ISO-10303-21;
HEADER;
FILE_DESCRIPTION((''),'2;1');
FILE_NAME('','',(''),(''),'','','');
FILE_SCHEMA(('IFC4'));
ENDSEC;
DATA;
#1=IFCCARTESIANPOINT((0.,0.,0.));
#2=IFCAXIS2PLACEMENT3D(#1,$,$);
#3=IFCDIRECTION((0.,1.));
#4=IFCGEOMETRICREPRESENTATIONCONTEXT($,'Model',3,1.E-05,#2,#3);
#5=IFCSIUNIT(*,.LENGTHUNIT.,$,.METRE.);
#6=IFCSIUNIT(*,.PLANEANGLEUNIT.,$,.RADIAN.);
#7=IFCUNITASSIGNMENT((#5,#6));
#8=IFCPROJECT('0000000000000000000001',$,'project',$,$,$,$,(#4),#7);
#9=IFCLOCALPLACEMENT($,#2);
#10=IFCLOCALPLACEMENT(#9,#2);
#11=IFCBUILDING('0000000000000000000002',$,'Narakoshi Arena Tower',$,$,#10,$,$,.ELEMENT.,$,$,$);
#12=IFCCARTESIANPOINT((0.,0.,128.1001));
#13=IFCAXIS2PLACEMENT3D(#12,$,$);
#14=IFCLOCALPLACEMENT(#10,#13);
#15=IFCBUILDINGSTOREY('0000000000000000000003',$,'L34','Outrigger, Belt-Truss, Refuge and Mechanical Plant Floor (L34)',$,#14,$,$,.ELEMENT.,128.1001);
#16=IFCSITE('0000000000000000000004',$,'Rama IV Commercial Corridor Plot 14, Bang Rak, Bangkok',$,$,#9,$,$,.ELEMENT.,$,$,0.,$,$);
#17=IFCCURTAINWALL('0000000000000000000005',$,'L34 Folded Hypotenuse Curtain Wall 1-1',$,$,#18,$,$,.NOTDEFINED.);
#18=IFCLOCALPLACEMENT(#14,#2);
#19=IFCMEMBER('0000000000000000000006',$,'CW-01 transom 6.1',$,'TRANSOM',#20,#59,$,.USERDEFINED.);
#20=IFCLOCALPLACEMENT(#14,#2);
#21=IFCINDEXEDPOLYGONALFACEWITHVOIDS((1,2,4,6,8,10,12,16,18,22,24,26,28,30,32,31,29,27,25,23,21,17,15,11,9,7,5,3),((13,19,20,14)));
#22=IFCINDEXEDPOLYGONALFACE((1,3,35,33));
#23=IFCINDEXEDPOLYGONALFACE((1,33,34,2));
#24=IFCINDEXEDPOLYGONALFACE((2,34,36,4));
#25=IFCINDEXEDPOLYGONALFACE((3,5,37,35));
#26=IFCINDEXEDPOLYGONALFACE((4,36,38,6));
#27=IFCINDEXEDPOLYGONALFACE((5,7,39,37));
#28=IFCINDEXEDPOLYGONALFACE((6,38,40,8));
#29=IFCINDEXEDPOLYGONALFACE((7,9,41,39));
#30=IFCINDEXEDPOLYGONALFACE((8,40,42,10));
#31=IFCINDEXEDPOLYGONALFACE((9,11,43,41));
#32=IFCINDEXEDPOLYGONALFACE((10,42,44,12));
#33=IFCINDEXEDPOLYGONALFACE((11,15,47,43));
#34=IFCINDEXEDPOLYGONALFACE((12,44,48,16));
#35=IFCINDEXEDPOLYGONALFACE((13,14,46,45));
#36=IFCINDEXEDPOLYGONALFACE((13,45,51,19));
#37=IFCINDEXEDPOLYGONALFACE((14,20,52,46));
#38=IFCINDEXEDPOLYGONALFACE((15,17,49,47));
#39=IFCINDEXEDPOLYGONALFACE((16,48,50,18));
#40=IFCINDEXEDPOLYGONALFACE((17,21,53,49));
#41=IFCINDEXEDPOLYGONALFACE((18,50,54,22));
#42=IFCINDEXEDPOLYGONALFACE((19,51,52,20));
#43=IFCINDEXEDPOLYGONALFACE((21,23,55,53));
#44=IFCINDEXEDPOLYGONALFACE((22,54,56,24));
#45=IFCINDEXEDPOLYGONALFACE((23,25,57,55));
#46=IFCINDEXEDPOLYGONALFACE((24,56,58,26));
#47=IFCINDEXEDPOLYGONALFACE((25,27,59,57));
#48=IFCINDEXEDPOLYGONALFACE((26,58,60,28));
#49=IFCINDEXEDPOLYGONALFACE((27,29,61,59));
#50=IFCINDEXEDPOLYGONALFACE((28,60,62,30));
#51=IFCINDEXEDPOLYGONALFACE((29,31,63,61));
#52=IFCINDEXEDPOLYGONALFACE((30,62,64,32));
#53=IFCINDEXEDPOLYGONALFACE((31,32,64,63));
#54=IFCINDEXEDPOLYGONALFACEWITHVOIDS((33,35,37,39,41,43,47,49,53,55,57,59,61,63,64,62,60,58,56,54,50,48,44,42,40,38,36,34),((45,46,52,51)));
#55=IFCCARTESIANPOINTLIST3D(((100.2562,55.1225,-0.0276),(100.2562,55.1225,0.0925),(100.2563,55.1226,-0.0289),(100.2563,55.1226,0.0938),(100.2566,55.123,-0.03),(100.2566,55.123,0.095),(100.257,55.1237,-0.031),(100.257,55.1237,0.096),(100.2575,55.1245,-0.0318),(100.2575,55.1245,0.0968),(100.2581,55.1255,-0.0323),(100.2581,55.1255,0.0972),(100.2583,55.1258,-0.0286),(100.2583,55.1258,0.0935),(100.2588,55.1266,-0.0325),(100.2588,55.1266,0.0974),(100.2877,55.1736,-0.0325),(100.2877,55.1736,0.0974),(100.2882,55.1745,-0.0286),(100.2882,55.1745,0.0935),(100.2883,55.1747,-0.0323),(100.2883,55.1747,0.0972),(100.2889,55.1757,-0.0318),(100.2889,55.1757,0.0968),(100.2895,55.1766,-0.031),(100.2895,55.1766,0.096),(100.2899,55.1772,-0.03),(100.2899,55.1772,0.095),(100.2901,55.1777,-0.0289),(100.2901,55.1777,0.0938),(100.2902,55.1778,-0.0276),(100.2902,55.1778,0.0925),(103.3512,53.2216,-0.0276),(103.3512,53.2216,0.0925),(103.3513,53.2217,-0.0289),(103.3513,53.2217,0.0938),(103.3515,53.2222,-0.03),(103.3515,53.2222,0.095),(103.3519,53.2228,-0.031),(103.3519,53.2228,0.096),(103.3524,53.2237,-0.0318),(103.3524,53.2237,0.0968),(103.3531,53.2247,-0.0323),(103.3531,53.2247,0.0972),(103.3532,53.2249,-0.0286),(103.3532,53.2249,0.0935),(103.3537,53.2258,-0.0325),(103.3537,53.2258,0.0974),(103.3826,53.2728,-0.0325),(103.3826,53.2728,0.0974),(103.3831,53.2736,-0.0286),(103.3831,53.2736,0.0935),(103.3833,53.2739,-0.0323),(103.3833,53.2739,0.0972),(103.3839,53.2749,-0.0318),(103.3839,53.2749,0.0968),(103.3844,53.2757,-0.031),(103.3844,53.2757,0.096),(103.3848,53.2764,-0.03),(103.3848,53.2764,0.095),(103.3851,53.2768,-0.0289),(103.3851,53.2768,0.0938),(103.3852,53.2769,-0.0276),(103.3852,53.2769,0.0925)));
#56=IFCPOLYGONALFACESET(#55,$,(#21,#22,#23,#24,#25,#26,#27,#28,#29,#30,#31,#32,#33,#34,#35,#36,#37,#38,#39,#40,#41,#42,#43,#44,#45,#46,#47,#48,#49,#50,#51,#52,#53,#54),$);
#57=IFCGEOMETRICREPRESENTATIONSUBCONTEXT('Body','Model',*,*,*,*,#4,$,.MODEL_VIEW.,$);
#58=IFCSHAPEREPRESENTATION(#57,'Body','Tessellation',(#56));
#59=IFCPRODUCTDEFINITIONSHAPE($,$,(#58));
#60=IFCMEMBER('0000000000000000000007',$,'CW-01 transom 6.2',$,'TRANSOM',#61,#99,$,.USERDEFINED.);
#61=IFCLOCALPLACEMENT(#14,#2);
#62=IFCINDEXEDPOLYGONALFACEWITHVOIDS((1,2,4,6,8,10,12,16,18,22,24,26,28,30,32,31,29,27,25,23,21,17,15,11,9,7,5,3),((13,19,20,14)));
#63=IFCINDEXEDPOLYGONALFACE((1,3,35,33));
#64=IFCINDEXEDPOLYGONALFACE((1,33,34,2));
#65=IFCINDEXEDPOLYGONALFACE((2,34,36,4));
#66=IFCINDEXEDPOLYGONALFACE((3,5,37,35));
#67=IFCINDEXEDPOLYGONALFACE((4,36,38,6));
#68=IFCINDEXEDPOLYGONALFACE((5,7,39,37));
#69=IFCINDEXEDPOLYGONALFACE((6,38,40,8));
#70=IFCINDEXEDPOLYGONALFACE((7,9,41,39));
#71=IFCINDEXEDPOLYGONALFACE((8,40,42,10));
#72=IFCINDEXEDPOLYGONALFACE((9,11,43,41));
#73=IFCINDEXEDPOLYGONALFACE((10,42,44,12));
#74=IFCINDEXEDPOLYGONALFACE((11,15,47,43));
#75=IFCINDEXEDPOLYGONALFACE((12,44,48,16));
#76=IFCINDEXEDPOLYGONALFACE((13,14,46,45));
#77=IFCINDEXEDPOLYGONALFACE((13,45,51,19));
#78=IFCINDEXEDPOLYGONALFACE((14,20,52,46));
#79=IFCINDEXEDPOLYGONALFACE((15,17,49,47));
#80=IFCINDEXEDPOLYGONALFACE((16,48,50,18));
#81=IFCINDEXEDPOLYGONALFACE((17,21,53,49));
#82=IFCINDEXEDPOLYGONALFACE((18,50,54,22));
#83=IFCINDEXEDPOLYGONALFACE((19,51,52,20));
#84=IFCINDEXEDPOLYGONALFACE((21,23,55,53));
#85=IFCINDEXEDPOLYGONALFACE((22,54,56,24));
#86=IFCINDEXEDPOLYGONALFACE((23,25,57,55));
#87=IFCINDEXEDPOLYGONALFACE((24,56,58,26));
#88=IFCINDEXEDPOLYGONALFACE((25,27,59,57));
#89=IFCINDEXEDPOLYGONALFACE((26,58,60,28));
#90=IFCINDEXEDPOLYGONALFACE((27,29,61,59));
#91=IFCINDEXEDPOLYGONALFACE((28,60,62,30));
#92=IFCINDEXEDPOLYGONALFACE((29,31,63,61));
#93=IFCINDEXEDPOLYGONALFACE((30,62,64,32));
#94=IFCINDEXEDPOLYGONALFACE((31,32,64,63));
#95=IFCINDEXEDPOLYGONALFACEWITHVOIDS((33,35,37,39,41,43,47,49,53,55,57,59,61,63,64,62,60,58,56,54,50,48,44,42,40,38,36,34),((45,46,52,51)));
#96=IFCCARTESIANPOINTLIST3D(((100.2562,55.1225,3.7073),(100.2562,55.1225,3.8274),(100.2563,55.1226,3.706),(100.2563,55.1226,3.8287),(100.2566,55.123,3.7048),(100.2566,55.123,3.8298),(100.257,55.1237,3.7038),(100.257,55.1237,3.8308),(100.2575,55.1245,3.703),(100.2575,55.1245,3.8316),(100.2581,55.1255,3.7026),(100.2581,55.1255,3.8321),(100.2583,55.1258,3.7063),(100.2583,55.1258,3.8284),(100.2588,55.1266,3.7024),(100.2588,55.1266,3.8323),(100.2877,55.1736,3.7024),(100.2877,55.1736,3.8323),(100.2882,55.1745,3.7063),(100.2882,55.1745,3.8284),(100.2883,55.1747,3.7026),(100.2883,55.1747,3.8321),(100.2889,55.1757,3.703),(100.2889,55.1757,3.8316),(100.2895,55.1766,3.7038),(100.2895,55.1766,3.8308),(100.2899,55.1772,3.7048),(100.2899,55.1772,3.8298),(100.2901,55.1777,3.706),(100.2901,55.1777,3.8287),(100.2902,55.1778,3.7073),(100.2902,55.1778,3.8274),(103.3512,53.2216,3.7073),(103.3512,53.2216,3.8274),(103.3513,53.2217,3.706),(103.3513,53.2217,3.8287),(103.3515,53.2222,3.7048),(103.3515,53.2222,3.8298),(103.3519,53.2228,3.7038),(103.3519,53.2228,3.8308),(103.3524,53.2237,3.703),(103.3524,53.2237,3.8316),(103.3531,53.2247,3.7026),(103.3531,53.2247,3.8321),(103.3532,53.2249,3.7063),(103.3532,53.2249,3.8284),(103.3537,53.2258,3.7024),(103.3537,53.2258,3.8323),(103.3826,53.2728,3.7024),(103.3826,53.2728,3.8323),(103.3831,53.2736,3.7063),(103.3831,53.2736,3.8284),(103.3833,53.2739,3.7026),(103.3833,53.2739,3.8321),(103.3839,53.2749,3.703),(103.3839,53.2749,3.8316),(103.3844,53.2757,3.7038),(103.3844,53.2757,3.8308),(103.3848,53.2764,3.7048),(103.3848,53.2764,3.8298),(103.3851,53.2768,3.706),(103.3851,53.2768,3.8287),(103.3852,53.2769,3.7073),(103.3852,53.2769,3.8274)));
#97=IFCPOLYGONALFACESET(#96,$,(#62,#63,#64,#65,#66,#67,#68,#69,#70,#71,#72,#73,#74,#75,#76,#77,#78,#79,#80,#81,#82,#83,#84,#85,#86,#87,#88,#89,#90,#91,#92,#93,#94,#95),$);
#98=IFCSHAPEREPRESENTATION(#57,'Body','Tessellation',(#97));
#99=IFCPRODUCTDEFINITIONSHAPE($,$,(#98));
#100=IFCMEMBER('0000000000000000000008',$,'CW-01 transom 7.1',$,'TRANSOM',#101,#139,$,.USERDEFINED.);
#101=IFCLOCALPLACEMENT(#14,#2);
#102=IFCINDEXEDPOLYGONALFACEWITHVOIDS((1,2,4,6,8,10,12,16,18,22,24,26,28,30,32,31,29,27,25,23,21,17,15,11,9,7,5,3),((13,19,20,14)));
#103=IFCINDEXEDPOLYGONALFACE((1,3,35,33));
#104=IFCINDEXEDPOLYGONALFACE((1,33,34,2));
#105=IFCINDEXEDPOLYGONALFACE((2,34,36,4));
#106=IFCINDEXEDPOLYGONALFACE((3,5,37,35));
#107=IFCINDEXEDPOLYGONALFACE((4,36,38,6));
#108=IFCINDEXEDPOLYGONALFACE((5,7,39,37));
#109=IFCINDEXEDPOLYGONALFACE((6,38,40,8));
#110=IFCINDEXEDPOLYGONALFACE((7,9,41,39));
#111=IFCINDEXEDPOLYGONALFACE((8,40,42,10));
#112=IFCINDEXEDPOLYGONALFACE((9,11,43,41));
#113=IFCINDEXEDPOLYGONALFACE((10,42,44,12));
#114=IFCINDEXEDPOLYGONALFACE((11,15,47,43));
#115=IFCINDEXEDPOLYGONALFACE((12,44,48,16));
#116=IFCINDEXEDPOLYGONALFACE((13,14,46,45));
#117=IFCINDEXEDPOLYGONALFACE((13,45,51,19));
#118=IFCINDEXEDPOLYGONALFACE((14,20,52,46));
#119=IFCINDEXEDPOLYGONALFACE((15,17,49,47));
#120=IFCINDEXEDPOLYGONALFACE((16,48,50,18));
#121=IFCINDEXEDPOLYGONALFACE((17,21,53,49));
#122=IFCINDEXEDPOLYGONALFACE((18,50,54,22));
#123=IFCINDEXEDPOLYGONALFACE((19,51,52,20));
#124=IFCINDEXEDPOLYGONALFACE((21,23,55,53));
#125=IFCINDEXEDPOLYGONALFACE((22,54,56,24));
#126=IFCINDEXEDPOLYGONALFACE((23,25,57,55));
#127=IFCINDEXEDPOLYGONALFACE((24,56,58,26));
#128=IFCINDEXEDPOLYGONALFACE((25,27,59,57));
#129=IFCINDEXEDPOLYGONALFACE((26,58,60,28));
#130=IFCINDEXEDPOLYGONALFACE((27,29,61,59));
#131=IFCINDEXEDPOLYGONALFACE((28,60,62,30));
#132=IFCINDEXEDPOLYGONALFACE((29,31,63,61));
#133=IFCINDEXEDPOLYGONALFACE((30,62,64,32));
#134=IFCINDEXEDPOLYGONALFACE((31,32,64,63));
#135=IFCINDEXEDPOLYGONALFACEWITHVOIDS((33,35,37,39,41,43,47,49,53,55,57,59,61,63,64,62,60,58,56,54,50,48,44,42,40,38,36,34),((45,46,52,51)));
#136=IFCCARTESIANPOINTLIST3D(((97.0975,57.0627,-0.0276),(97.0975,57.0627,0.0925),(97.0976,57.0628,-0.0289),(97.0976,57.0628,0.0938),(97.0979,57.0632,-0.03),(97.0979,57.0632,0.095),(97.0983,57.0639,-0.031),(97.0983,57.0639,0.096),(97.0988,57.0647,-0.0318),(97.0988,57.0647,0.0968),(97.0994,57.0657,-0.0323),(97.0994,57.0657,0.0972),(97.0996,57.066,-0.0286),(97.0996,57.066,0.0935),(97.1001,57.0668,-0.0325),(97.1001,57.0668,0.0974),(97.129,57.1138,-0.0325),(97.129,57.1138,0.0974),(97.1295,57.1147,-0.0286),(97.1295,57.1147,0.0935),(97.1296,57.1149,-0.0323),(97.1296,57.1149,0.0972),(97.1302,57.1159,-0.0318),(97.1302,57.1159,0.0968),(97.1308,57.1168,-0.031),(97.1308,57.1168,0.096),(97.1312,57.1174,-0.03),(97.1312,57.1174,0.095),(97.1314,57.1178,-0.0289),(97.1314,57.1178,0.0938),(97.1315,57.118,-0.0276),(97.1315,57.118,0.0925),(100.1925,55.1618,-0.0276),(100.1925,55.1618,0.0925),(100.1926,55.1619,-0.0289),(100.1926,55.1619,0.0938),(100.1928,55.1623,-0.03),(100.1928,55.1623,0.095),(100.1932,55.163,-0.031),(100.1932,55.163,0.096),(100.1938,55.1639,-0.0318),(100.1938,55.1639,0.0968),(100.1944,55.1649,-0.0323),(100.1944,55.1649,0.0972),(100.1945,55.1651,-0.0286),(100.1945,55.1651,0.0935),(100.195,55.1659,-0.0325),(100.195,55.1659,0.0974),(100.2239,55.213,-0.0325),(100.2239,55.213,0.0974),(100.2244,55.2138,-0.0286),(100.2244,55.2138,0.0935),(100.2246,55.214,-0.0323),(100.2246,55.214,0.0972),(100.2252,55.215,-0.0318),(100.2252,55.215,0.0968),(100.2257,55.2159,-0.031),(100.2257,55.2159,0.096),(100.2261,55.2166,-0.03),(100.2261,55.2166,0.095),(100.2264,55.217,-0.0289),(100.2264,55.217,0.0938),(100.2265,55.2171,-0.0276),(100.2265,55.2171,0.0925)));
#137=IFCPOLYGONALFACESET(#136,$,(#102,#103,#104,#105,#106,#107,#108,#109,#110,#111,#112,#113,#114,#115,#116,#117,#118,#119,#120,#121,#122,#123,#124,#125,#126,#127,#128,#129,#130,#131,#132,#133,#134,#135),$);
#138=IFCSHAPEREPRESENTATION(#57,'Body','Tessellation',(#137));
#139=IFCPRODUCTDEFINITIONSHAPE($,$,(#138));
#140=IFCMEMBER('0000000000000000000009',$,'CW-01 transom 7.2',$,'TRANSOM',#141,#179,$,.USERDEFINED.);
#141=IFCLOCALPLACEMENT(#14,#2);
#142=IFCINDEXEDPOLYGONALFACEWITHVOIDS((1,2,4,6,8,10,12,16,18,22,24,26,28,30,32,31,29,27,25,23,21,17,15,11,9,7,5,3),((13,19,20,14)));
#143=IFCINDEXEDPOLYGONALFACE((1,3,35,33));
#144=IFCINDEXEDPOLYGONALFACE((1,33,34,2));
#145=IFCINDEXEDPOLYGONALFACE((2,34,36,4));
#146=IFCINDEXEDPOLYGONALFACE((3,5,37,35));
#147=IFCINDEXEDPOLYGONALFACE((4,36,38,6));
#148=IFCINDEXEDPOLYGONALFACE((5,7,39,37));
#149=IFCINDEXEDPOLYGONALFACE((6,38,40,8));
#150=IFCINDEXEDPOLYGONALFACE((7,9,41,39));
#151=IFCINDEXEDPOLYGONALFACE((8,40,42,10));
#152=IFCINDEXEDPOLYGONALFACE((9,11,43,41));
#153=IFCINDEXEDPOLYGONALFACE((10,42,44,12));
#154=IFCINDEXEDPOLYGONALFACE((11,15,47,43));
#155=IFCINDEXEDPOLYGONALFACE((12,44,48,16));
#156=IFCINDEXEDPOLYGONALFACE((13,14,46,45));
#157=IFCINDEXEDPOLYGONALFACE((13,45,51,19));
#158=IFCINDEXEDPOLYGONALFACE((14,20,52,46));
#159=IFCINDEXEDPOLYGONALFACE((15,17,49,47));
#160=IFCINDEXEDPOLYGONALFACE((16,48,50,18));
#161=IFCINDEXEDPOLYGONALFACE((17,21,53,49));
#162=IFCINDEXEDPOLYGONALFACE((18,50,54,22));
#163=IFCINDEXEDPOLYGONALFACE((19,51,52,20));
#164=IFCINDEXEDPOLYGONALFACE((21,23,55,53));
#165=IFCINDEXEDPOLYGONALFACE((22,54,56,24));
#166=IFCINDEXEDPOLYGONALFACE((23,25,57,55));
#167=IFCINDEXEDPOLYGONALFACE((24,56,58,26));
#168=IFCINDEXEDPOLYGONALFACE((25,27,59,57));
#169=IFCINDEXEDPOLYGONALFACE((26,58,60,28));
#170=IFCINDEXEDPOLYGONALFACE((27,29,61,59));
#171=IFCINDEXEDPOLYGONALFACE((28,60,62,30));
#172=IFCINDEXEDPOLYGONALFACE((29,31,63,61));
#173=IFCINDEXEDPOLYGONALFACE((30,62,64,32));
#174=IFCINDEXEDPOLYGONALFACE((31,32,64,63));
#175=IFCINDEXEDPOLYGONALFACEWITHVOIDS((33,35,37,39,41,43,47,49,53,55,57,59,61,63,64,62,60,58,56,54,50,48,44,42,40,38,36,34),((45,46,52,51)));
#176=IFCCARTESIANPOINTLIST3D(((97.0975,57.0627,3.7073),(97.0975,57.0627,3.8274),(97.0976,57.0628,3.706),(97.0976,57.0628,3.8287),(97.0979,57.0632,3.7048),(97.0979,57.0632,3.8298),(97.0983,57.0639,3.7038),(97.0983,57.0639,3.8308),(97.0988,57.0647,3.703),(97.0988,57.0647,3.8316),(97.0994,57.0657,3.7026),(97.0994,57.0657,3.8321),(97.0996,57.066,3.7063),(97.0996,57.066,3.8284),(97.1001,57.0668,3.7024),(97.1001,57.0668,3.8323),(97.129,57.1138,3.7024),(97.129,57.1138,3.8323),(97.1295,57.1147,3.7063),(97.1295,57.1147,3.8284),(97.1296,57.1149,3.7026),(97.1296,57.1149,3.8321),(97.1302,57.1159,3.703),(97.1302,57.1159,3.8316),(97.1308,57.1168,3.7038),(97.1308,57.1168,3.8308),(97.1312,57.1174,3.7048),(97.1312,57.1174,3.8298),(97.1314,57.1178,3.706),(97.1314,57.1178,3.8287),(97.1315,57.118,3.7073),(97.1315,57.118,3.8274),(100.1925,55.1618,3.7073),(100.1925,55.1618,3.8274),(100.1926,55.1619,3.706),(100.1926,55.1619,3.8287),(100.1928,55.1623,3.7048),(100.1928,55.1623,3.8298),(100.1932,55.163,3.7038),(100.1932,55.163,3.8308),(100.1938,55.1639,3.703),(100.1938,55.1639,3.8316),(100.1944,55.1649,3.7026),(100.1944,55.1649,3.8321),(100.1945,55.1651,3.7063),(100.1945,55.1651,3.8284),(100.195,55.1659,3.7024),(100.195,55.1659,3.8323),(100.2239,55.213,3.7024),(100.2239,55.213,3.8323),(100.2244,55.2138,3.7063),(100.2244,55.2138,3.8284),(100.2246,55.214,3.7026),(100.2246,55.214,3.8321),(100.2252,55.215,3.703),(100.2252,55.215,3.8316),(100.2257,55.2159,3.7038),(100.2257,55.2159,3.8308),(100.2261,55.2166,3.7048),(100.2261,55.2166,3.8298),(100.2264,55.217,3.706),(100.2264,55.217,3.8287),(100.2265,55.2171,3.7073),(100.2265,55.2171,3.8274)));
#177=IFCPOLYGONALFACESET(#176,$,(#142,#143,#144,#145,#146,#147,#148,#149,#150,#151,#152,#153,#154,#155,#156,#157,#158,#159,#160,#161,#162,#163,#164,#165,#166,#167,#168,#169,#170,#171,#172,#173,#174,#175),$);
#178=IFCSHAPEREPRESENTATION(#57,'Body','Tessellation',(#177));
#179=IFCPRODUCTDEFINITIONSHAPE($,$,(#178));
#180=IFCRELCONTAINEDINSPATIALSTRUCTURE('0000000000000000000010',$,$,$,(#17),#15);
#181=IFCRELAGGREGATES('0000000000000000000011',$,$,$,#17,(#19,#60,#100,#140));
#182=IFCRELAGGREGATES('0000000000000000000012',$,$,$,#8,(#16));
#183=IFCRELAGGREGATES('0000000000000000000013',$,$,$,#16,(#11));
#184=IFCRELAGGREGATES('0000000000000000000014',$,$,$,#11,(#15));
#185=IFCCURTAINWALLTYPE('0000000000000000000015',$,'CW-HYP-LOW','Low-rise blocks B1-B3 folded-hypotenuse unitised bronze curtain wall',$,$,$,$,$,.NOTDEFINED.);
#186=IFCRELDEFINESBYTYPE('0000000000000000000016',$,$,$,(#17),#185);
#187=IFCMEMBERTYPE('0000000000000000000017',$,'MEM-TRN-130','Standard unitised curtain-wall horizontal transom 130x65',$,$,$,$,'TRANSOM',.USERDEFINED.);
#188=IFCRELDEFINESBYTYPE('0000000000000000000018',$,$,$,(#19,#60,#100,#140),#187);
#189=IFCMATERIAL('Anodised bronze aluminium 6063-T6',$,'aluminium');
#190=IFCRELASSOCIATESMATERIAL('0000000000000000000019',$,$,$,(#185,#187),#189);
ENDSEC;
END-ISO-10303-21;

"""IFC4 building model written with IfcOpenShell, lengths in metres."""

from ifc_helpers import new_model, si_unit, direction, frame, origin, origin_2d, place, context, subcontext, project, spatial, hollow_rectangle, extrude, material, material_profile, profile_set, type_object, element, aggregate, save


model = new_model("IFC4")

# Units and contexts
model_context = context("Model", 3, precision=1e-05, world=origin(), true_north=direction((0.0, 1.0)))
body_context = subcontext(model_context, "Body", "Model", "MODEL_VIEW")
ifc_project = project(units=[si_unit("LENGTHUNIT", "METRE"), si_unit("PLANEANGLEUNIT", "RADIAN")], contexts=[model_context])

# Site, building, storey
site_placement = place(None, origin())
site = spatial("IfcSite", under=ifc_project, at=site_placement, Name="Rama IV Commercial Corridor Plot 14, Bang Rak, Bangkok", CompositionType="ELEMENT", RefElevation=0.0)
building_placement = place(site_placement, origin())
building = spatial("IfcBuilding", under=site, at=building_placement, Name="Narakoshi Arena Tower", CompositionType="ELEMENT")
storey_placement = place(building_placement, frame((0.0, 0.0, 128.1001)))
storey = spatial("IfcBuildingStorey", under=building, at=storey_placement, Name="L34", Description="Outrigger, Belt-Truss, Refuge and Mechanical Plant Floor (L34)", CompositionType="ELEMENT", Elevation=128.1001)

# Curtain wall, members
ifc_material_1 = material(Name="Anodised bronze aluminium 6063-T6", Category="aluminium")
curtain_wall_type = type_object("IfcCurtainWallType", Name="CW-HYP-LOW", Description="Low-rise blocks B1-B3 folded-hypotenuse unitised bronze curtain wall", PredefinedType="NOTDEFINED", material=ifc_material_1)
curtain_wall_placement = place(storey_placement, origin())
curtain_wall = element("IfcCurtainWall", 1, at=curtain_wall_placement, inside=storey, type_object=curtain_wall_type, Name="L34 Folded Hypotenuse Curtain Wall 1-1", PredefinedType="NOTDEFINED")
ifc_material_profile_1 = material_profile(ifc_material_1, hollow_rectangle(XDim=0.0649, YDim=0.1299, WallThickness=0.0039, OuterFilletRadius=0.0049, at=origin_2d()), Name="TRN130x65x4")
ifc_profile_set_1 = profile_set([ifc_material_profile_1], Name="Anodised bronze aluminium 6063-T6")
member_type_1 = type_object("IfcMemberType", Name="MEM-TRN-130", Description="Standard unitised curtain-wall horizontal transom 130x65", ElementType="TRANSOM", PredefinedType="USERDEFINED", material=ifc_profile_set_1)
member_1_placement = place(storey_placement, frame((103.3682, 53.2493, 0.0325), z_axis=(-0.852115, 0.523355, 0.0), x_axis=(-0.523355, -0.852115, 0.0)))
member_1 = element("IfcMember", 2, at=member_1_placement, type_object=member_type_1, Name="CW-01 transom 6.1", ObjectType="TRANSOM", PredefinedType="USERDEFINED", context=body_context, shape_type="SweptSolid", body=[
    extrude(hollow_rectangle(XDim=0.0649, YDim=0.1299, WallThickness=0.0039, OuterFilletRadius=0.0049, at=origin_2d()), origin(), (0.0, 0.0, 1.0), 3.6321),
])
member_2_placement = place(storey_placement, frame((103.3682, 53.2493, 3.7673), z_axis=(-0.852115, 0.523355, 0.0), x_axis=(-0.523355, -0.852115, 0.0)))
member_2 = element("IfcMember", 3, at=member_2_placement, type_object=member_type_1, Name="CW-01 transom 6.2", ObjectType="TRANSOM", PredefinedType="USERDEFINED", context=body_context, shape_type="SweptSolid", body=[
    extrude(hollow_rectangle(XDim=0.0649, YDim=0.1299, WallThickness=0.0039, OuterFilletRadius=0.0049, at=origin_2d()), origin(), (0.0, 0.0, 1.0), 3.6321),
])
member_3_placement = place(storey_placement, frame((100.2095, 55.1895, 0.0325), z_axis=(-0.852115, 0.523355, 0.0), x_axis=(-0.523355, -0.852115, 0.0)))
member_3 = element("IfcMember", 4, at=member_3_placement, type_object=member_type_1, Name="CW-01 transom 7.1", ObjectType="TRANSOM", PredefinedType="USERDEFINED", context=body_context, shape_type="SweptSolid", body=[
    extrude(hollow_rectangle(XDim=0.0649, YDim=0.1299, WallThickness=0.0039, OuterFilletRadius=0.0049, at=origin_2d()), origin(), (0.0, 0.0, 1.0), 3.6321),
])
member_4_placement = place(storey_placement, frame((100.2095, 55.1895, 3.7673), z_axis=(-0.852115, 0.523355, 0.0), x_axis=(-0.523355, -0.852115, 0.0)))
member_4 = element("IfcMember", 5, at=member_4_placement, type_object=member_type_1, Name="CW-01 transom 7.2", ObjectType="TRANSOM", PredefinedType="USERDEFINED", context=body_context, shape_type="SweptSolid", body=[
    extrude(hollow_rectangle(XDim=0.0649, YDim=0.1299, WallThickness=0.0039, OuterFilletRadius=0.0049, at=origin_2d()), origin(), (0.0, 0.0, 1.0), 3.6321),
])
aggregate(curtain_wall, [member_1, member_2, member_3, member_4])

save(model, "model.ifc")
